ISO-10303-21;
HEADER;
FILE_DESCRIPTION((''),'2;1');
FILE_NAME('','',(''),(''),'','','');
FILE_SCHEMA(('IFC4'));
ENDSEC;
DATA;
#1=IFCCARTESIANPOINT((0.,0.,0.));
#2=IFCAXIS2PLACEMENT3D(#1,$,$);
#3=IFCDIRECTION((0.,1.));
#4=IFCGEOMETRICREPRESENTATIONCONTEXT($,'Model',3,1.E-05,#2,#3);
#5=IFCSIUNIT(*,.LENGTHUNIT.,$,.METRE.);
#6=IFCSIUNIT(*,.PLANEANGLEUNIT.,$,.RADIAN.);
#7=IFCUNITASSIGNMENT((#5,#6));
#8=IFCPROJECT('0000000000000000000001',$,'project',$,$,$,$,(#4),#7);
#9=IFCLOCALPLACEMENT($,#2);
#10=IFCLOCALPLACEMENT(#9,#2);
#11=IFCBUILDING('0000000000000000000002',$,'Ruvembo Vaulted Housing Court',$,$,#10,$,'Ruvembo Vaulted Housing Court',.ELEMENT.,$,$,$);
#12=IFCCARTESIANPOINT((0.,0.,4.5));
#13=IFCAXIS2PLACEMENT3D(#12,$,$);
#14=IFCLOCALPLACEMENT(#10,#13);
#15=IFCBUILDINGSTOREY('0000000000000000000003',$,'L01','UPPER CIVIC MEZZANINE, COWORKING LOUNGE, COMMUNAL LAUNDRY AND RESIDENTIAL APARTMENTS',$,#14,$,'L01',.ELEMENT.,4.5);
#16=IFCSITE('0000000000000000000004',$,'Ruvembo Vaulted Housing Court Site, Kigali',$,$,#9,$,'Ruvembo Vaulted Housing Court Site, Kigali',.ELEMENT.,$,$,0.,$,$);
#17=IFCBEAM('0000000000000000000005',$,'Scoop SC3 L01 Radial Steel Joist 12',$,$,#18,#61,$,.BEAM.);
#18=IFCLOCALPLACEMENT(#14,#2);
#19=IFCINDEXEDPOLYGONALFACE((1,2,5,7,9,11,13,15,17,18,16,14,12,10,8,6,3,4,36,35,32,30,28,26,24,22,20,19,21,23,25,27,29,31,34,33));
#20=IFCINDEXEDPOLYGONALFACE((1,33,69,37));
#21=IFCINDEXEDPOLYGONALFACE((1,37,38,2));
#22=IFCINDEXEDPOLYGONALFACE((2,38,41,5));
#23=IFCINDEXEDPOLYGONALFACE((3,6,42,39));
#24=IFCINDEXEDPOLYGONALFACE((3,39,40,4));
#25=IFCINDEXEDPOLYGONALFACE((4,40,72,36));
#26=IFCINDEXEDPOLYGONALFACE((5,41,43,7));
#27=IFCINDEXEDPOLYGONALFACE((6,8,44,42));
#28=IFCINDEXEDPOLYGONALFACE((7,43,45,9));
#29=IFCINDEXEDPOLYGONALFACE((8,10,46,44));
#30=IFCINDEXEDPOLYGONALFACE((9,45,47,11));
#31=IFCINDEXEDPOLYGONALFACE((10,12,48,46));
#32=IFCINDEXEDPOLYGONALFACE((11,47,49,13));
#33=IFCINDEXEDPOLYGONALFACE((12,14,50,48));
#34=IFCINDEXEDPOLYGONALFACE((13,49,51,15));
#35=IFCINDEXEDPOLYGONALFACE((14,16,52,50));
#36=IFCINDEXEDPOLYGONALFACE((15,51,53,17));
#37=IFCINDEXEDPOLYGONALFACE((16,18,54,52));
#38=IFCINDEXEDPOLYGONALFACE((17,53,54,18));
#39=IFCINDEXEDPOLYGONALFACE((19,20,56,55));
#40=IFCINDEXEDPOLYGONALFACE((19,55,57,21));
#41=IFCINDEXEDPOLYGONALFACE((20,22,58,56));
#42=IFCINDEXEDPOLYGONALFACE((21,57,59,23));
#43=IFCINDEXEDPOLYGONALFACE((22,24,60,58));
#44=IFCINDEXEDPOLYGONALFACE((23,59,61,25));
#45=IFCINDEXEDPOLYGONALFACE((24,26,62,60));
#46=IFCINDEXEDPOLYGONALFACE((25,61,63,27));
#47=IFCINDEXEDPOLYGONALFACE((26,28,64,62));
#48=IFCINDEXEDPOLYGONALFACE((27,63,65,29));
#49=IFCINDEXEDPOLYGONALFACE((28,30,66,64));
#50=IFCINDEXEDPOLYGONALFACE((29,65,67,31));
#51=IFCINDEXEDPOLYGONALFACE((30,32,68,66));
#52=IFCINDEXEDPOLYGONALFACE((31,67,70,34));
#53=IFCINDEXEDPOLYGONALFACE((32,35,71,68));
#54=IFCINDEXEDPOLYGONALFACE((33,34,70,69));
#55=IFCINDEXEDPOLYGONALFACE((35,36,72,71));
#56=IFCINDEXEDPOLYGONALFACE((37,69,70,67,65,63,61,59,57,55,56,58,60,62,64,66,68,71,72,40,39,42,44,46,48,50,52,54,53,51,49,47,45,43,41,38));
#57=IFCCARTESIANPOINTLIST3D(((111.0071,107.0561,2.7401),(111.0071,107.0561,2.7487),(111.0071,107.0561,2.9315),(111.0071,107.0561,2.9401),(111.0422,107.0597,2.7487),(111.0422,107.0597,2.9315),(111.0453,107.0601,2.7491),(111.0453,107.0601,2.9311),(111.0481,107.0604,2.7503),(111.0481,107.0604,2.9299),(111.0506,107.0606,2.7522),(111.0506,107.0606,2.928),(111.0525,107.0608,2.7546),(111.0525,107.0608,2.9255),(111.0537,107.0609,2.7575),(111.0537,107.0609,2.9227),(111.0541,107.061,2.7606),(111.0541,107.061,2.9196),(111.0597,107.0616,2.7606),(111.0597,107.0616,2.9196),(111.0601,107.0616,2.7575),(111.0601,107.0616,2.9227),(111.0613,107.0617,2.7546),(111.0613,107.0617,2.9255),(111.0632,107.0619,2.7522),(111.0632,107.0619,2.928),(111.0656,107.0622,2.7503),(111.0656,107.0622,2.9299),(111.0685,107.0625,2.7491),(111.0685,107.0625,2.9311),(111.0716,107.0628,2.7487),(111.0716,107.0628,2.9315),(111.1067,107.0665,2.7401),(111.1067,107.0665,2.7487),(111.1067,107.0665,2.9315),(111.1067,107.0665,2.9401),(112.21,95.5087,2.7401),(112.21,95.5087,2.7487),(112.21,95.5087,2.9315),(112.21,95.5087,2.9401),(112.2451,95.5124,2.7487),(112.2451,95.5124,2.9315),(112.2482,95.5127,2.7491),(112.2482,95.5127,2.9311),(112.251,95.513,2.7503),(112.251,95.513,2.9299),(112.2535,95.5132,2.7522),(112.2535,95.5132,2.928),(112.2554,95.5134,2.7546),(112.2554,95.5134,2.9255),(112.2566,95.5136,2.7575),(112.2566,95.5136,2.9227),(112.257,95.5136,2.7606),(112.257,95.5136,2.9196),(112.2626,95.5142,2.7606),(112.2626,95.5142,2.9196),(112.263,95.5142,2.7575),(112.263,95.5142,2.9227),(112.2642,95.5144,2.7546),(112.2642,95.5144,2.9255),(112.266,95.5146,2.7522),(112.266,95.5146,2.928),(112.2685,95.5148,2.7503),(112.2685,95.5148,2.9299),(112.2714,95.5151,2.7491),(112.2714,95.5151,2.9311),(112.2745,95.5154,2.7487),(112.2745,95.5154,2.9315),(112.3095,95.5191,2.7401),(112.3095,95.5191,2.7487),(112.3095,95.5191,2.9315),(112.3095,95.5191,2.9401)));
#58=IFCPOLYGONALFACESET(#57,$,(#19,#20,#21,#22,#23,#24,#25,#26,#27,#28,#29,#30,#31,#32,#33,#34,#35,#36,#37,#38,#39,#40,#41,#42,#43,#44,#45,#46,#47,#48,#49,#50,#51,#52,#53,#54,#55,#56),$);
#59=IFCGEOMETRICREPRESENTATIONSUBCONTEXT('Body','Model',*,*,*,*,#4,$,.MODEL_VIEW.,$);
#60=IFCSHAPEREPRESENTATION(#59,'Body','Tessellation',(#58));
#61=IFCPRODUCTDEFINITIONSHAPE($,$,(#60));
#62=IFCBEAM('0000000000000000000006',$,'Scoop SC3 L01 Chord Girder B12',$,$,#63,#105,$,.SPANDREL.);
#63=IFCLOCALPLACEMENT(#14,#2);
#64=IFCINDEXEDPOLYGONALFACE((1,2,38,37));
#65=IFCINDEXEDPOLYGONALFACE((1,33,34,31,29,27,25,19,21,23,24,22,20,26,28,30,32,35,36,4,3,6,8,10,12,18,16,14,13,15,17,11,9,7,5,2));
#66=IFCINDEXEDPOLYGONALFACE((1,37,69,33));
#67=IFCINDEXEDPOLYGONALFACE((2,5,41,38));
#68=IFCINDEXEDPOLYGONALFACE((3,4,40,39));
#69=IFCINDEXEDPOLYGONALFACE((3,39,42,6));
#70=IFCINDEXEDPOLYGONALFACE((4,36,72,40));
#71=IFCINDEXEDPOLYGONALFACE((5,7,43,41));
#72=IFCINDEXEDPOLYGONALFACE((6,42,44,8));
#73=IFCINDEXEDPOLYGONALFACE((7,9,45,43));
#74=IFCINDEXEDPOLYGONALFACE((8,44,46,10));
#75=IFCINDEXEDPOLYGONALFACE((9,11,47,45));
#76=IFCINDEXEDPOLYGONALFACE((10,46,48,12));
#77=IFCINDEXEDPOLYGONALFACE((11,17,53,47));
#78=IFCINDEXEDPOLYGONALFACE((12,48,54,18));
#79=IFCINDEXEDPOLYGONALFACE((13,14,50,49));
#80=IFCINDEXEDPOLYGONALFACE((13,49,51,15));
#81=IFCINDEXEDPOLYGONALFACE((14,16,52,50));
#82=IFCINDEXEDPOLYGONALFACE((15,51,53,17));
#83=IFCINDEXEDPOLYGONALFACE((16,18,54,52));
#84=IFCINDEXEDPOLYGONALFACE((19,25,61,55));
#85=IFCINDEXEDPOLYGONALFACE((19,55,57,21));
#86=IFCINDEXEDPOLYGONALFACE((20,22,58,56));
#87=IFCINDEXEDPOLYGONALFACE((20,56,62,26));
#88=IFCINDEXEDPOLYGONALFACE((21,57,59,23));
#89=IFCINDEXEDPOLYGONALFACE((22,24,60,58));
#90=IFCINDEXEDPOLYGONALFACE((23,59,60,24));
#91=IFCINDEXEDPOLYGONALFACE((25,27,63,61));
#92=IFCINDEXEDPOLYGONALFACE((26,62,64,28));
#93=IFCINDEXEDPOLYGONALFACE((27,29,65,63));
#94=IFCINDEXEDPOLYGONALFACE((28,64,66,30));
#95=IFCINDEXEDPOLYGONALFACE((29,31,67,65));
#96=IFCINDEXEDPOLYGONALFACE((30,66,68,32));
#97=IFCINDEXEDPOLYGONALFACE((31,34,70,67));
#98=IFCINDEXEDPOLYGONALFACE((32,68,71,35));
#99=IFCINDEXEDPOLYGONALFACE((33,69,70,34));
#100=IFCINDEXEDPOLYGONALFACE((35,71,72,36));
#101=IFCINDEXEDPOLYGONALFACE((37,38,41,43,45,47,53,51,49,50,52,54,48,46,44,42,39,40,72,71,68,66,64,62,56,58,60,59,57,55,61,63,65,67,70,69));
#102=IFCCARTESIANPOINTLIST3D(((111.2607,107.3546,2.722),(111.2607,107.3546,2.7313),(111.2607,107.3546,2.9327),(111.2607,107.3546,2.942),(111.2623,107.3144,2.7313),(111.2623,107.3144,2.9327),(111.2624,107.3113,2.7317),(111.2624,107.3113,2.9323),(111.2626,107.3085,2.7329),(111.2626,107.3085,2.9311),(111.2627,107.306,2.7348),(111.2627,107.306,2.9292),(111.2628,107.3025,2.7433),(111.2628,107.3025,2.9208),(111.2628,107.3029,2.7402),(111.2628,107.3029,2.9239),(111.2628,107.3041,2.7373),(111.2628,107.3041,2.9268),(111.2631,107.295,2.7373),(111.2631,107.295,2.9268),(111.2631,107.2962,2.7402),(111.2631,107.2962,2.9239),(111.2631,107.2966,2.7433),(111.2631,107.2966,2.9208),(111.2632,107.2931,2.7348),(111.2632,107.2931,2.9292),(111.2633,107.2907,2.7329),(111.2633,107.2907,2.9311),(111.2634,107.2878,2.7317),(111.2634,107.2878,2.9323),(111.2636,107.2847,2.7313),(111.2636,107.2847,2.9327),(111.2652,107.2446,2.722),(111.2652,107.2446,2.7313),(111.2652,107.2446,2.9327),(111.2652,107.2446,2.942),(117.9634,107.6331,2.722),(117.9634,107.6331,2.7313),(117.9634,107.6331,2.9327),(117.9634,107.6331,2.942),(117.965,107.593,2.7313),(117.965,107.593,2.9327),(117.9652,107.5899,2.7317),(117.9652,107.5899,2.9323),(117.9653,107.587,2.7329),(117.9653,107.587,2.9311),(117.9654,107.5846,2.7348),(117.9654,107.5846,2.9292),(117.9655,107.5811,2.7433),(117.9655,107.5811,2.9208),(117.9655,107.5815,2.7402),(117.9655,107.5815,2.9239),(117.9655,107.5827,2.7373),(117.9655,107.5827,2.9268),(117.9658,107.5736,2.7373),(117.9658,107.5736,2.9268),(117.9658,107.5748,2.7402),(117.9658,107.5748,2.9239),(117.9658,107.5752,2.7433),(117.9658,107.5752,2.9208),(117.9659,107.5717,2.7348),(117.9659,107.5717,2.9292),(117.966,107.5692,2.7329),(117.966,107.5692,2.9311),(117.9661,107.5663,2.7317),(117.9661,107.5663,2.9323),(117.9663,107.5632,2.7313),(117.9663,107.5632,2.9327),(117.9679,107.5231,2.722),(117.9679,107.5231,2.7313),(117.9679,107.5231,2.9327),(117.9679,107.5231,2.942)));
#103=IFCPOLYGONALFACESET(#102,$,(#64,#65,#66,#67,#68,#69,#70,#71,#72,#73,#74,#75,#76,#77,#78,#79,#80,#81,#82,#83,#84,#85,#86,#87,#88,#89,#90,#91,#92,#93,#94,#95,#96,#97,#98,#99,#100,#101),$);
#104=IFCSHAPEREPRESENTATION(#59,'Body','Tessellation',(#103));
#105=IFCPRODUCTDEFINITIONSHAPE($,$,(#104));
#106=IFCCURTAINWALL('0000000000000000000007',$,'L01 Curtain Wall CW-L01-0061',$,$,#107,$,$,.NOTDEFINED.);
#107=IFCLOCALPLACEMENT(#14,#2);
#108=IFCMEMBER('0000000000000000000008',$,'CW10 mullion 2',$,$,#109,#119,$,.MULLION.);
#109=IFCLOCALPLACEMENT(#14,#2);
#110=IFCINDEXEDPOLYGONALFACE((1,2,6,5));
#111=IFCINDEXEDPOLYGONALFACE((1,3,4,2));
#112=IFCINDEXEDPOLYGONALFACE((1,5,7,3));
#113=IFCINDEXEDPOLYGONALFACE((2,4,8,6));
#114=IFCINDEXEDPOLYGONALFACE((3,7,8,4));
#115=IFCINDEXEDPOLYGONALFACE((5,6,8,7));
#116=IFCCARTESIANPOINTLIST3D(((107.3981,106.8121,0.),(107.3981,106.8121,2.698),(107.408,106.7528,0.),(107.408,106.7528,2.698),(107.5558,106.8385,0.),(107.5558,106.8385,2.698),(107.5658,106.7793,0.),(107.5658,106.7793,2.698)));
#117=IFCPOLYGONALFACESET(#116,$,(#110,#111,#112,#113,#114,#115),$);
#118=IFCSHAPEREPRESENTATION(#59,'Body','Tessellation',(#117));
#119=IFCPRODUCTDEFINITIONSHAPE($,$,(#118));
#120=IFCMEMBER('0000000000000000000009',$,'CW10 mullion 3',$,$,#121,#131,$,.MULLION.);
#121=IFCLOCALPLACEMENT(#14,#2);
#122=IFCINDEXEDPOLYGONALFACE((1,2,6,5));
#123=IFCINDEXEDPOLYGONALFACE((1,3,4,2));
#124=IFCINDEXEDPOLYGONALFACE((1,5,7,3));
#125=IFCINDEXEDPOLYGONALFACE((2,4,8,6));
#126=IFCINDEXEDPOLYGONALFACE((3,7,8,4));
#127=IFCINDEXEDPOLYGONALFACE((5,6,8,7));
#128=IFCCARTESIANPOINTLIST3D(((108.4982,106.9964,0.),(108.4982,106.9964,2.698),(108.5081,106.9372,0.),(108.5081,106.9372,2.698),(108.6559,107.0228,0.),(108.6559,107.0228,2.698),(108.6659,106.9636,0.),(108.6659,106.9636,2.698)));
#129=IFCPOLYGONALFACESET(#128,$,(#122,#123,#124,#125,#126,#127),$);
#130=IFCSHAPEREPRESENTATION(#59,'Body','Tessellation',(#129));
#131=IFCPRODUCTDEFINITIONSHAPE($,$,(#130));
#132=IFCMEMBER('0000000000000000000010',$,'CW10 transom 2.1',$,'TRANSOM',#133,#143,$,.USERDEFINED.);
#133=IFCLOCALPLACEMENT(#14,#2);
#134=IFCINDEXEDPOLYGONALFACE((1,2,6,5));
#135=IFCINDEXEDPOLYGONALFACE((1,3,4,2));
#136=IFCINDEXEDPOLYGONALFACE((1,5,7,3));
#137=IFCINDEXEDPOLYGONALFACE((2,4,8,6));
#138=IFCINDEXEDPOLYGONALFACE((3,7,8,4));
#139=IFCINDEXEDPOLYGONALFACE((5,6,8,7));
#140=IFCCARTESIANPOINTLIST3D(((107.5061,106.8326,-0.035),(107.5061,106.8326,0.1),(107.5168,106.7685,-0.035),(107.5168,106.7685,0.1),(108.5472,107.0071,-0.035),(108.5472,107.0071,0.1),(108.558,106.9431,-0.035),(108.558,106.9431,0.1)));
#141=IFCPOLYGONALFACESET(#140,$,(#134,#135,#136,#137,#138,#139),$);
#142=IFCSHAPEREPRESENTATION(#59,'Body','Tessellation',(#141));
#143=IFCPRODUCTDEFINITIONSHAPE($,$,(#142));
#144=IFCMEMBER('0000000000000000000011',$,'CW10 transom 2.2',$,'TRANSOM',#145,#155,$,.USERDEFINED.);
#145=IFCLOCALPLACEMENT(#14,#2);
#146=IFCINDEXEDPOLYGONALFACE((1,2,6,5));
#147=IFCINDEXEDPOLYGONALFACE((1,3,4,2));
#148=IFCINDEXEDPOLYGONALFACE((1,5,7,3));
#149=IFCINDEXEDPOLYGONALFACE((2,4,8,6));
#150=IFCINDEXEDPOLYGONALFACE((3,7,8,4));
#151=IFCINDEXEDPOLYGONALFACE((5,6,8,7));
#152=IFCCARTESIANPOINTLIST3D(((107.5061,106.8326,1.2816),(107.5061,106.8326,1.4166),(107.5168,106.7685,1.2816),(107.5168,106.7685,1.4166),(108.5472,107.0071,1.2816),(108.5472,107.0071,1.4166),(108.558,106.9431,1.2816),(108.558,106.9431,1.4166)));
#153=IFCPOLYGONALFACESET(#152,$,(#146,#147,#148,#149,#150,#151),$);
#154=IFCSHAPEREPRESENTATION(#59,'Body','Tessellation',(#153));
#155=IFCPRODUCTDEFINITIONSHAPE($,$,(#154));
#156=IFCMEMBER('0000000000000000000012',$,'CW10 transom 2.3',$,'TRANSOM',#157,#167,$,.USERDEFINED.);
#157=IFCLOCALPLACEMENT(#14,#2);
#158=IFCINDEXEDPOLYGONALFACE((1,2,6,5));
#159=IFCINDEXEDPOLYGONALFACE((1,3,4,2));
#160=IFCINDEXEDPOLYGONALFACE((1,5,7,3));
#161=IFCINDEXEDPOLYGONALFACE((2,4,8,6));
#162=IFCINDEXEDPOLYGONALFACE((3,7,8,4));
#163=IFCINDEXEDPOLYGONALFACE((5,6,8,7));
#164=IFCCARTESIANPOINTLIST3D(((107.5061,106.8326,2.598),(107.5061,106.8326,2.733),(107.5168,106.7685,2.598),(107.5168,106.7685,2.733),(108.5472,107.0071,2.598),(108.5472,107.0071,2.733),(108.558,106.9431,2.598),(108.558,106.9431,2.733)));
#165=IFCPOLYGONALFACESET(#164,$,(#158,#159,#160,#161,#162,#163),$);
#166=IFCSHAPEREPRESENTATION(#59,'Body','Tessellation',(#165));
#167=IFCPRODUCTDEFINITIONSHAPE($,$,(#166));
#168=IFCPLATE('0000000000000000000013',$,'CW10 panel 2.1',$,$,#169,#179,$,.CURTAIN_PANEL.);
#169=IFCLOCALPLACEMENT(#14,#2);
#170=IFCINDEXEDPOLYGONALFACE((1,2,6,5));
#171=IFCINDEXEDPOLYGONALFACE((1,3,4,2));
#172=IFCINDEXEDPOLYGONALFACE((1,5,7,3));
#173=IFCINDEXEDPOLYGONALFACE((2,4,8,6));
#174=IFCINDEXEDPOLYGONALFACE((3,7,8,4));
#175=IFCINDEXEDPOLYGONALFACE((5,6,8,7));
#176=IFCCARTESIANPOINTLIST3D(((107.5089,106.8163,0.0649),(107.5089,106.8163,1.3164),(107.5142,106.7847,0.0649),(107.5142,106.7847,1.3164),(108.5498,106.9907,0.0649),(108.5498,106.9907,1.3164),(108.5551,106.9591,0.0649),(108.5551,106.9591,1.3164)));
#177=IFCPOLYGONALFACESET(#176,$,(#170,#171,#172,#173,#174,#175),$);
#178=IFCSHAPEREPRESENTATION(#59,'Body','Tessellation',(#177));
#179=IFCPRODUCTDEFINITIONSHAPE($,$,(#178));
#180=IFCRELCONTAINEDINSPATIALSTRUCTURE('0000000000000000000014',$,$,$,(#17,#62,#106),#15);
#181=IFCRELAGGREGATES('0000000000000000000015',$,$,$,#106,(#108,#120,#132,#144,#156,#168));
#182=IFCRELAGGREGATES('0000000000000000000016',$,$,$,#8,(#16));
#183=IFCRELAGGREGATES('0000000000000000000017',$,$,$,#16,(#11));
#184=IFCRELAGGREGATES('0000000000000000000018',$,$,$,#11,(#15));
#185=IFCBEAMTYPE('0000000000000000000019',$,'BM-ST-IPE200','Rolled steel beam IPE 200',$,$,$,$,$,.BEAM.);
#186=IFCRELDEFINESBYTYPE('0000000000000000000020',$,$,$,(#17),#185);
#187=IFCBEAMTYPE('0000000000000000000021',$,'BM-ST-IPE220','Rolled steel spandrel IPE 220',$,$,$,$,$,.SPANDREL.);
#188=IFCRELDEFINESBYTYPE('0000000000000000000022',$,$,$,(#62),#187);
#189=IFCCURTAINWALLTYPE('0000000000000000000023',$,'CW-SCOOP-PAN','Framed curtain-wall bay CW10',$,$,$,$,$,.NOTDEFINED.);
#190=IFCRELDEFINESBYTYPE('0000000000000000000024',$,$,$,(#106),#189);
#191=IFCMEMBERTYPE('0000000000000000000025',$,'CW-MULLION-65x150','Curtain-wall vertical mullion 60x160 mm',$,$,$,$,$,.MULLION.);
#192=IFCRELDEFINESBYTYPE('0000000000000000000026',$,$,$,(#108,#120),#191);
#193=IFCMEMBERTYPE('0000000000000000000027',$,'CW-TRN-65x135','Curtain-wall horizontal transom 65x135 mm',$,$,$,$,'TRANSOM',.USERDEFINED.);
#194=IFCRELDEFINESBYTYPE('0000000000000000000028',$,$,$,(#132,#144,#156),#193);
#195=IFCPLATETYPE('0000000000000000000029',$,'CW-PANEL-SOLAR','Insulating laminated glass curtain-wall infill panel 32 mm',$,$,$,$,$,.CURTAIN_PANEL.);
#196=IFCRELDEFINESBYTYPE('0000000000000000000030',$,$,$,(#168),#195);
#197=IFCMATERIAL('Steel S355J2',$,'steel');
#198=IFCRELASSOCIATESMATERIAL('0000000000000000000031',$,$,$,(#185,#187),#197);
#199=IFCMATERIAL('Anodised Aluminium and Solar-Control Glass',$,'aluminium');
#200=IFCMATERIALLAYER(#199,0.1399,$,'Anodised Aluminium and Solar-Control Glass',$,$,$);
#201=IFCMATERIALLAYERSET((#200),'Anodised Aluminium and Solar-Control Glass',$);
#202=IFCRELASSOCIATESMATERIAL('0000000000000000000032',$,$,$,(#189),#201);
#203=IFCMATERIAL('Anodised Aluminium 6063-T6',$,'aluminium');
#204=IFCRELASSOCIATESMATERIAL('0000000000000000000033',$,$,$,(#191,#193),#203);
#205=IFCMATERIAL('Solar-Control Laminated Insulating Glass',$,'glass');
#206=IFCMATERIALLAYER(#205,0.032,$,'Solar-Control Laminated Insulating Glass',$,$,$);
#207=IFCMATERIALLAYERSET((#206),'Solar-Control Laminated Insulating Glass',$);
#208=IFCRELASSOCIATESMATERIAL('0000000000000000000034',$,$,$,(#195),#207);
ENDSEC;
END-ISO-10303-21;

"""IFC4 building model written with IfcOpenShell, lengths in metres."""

from ifc_helpers import new_model, si_unit, direction, frame, origin, origin_2d, place, context, subcontext, project, spatial, rectangle, i_section, extrude, material, layer, layer_set, material_profile, profile_set, type_object, element, aggregate, save


model = new_model("IFC4")

# Units and contexts
model_context = context("Model", 3, precision=1e-05, world=origin(), true_north=direction((0.0, 1.0)))
body_context = subcontext(model_context, "Body", "Model", "MODEL_VIEW")
ifc_project = project(units=[si_unit("LENGTHUNIT", "METRE"), si_unit("PLANEANGLEUNIT", "RADIAN")], contexts=[model_context])

# Site, building, storey
site_placement = place(None, origin())
site = spatial("IfcSite", under=ifc_project, at=site_placement, Name="Ruvembo Vaulted Housing Court Site, Kigali", LongName="Ruvembo Vaulted Housing Court Site, Kigali", CompositionType="ELEMENT", RefElevation=0.0)
building_placement = place(site_placement, origin())
building = spatial("IfcBuilding", under=site, at=building_placement, Name="Ruvembo Vaulted Housing Court", LongName="Ruvembo Vaulted Housing Court", CompositionType="ELEMENT")
storey_placement = place(building_placement, frame((0.0, 0.0, 4.5)))
storey = spatial("IfcBuildingStorey", under=building, at=storey_placement, Name="L01", Description="UPPER CIVIC MEZZANINE, COWORKING LOUNGE, COMMUNAL LAUNDRY AND RESIDENTIAL APARTMENTS", LongName="L01", CompositionType="ELEMENT", Elevation=4.5)

# Beams
ifc_material_1 = material(Name="Steel S355J2", Category="steel")
ifc_material_profile_1 = material_profile(ifc_material_1, i_section(OverallWidth=0.1001, OverallDepth=0.2, WebThickness=0.0056, FlangeThickness=0.0085, FilletRadius=0.012, at=origin_2d()), Name="IPE 200")
ifc_profile_set_1 = profile_set([ifc_material_profile_1], Name="Steel S355J2")
beam_type_1 = type_object("IfcBeamType", Name="BM-ST-IPE200", Description="Rolled steel beam IPE 200", PredefinedType="BEAM", material=ifc_profile_set_1)
beam_1_placement = place(storey_placement, frame((111.0569, 107.0613, 2.8401), z_axis=(0.103609, -0.994618, 0.0), x_axis=(0.994618, 0.103609, 0.0)))
element("IfcBeam", 1, at=beam_1_placement, inside=storey, type_object=beam_type_1, Name="Scoop SC3 L01 Radial Steel Joist 12", PredefinedType="BEAM", context=body_context, shape_type="SweptSolid", body=[
    extrude(i_section(OverallWidth=0.1001, OverallDepth=0.2, WebThickness=0.0056, FlangeThickness=0.0085, FilletRadius=0.012, at=origin_2d()), origin(), (0.0, 0.0, 1.0), 11.6099),
])
ifc_material_profile_2 = material_profile(ifc_material_1, i_section(OverallWidth=0.1101, OverallDepth=0.22, WebThickness=0.0059, FlangeThickness=0.0093, FilletRadius=0.012, at=origin_2d()), Name="IPE 220")
ifc_profile_set_2 = profile_set([ifc_material_profile_2], Name="Steel S355J2")
beam_type_2 = type_object("IfcBeamType", Name="BM-ST-IPE220", Description="Rolled steel spandrel IPE 220", PredefinedType="SPANDREL", material=ifc_profile_set_2)
beam_2_placement = place(storey_placement, frame((111.2629, 107.2996, 2.832), z_axis=(0.999137, 0.041525, 0.0), x_axis=(-0.041525, 0.999137, 0.0)))
element("IfcBeam", 2, at=beam_2_placement, inside=storey, type_object=beam_type_2, Name="Scoop SC3 L01 Chord Girder B12", PredefinedType="SPANDREL", context=body_context, shape_type="SweptSolid", body=[
    extrude(i_section(OverallWidth=0.1101, OverallDepth=0.22, WebThickness=0.0059, FlangeThickness=0.0093, FilletRadius=0.012, at=origin_2d()), origin(), (0.0, 0.0, 1.0), 6.7085),
])

# Curtain wall, members, plate
ifc_material_2 = material(Name="Anodised Aluminium and Solar-Control Glass", Category="aluminium")
ifc_layer_1 = layer(ifc_material_2, 0.1399, Name="Anodised Aluminium and Solar-Control Glass")
ifc_layer_set_1 = layer_set([ifc_layer_1], Name="Anodised Aluminium and Solar-Control Glass")
curtain_wall_type = type_object("IfcCurtainWallType", Name="CW-SCOOP-PAN", Description="Framed curtain-wall bay CW10", PredefinedType="NOTDEFINED", material=ifc_layer_set_1)
curtain_wall_placement = place(storey_placement, origin())
curtain_wall = element("IfcCurtainWall", 3, at=curtain_wall_placement, inside=storey, type_object=curtain_wall_type, Name="L01 Curtain Wall CW-L01-0061", PredefinedType="NOTDEFINED")
ifc_material_3 = material(Name="Anodised Aluminium 6063-T6", Category="aluminium")
ifc_material_profile_3 = material_profile(ifc_material_3, rectangle(XDim=0.0601, YDim=0.1599, at=origin_2d()), Name="ALU 60x160")
ifc_profile_set_3 = profile_set([ifc_material_profile_3], Name="Anodised Aluminium 6063-T6")
member_type_1 = type_object("IfcMemberType", Name="CW-MULLION-65x150", Description="Curtain-wall vertical mullion 60x160 mm", PredefinedType="MULLION", material=ifc_profile_set_3)
member_1_placement = place(storey_placement, frame((107.4819, 106.7957, 0.0), z_axis=(0.0, 0.0, 1.0), x_axis=(-0.165263, 0.98625, 0.0)))
member_1 = element("IfcMember", 4, at=member_1_placement, type_object=member_type_1, Name="CW10 mullion 2", PredefinedType="MULLION", context=body_context, shape_type="SweptSolid", body=[
    extrude(rectangle(XDim=0.0601, YDim=0.1599, at=origin_2d()), origin(), (0.0, 0.0, 1.0), 2.698),
])
member_2_placement = place(storey_placement, frame((108.582, 106.98, 0.0), z_axis=(0.0, 0.0, 1.0), x_axis=(-0.165263, 0.98625, 0.0)))
member_2 = element("IfcMember", 5, at=member_2_placement, type_object=member_type_1, Name="CW10 mullion 3", PredefinedType="MULLION", context=body_context, shape_type="SweptSolid", body=[
    extrude(rectangle(XDim=0.0601, YDim=0.1599, at=origin_2d()), origin(), (0.0, 0.0, 1.0), 2.698),
])
ifc_material_profile_4 = material_profile(ifc_material_3, rectangle(XDim=0.0649, YDim=0.135, at=origin_2d()), Name="ALU 65x135")
ifc_profile_set_4 = profile_set([ifc_material_profile_4], Name="Anodised Aluminium 6063-T6")
member_type_2 = type_object("IfcMemberType", Name="CW-TRN-65x135", Description="Curtain-wall horizontal transom 65x135 mm", ElementType="TRANSOM", PredefinedType="USERDEFINED", material=ifc_profile_set_4)
member_3_placement = place(storey_placement, frame((107.5115, 106.8005, 0.0325), z_axis=(0.986231, 0.165374, 0.0), x_axis=(-0.165374, 0.986231, 0.0)))
member_3 = element("IfcMember", 6, at=member_3_placement, type_object=member_type_2, Name="CW10 transom 2.1", ObjectType="TRANSOM", PredefinedType="USERDEFINED", context=body_context, shape_type="SweptSolid", body=[
    extrude(rectangle(XDim=0.0649, YDim=0.135, at=origin_2d()), origin(), (0.0, 0.0, 1.0), 1.0557),
])
member_4_placement = place(storey_placement, frame((107.5115, 106.8005, 1.3491), z_axis=(0.986231, 0.165374, 0.0), x_axis=(-0.165374, 0.986231, 0.0)))
member_4 = element("IfcMember", 7, at=member_4_placement, type_object=member_type_2, Name="CW10 transom 2.2", ObjectType="TRANSOM", PredefinedType="USERDEFINED", context=body_context, shape_type="SweptSolid", body=[
    extrude(rectangle(XDim=0.0649, YDim=0.135, at=origin_2d()), origin(), (0.0, 0.0, 1.0), 1.0557),
])
member_5_placement = place(storey_placement, frame((107.5115, 106.8005, 2.6655), z_axis=(0.986231, 0.165374, 0.0), x_axis=(-0.165374, 0.986231, 0.0)))
member_5 = element("IfcMember", 8, at=member_5_placement, type_object=member_type_2, Name="CW10 transom 2.3", ObjectType="TRANSOM", PredefinedType="USERDEFINED", context=body_context, shape_type="SweptSolid", body=[
    extrude(rectangle(XDim=0.0649, YDim=0.135, at=origin_2d()), origin(), (0.0, 0.0, 1.0), 1.0557),
])
ifc_material_4 = material(Name="Solar-Control Laminated Insulating Glass", Category="glass")
ifc_layer_2 = layer(ifc_material_4, 0.032, Name="Solar-Control Laminated Insulating Glass")
ifc_layer_set_2 = layer_set([ifc_layer_2], Name="Solar-Control Laminated Insulating Glass")
plate_type_1 = type_object("IfcPlateType", Name="CW-PANEL-SOLAR", Description="Insulating laminated glass curtain-wall infill panel 32 mm", PredefinedType="CURTAIN_PANEL", material=ifc_layer_set_2)
plate_1_placement = place(storey_placement, frame((108.032, 106.8877, 0.0649), z_axis=(0.0, 0.0, 1.0), x_axis=(0.98625, 0.165263, 0.0)))
plate_1 = element("IfcPlate", 9, at=plate_1_placement, type_object=plate_type_1, Name="CW10 panel 2.1", PredefinedType="CURTAIN_PANEL", context=body_context, shape_type="SweptSolid", body=[
    extrude(rectangle(XDim=1.0554, YDim=0.032, at=origin_2d()), origin(), (0.0, 0.0, 1.0), 1.2515),
])
aggregate(curtain_wall, [member_1, member_2, member_3, member_4, member_5, plate_1])

save(model, "model.ifc")
